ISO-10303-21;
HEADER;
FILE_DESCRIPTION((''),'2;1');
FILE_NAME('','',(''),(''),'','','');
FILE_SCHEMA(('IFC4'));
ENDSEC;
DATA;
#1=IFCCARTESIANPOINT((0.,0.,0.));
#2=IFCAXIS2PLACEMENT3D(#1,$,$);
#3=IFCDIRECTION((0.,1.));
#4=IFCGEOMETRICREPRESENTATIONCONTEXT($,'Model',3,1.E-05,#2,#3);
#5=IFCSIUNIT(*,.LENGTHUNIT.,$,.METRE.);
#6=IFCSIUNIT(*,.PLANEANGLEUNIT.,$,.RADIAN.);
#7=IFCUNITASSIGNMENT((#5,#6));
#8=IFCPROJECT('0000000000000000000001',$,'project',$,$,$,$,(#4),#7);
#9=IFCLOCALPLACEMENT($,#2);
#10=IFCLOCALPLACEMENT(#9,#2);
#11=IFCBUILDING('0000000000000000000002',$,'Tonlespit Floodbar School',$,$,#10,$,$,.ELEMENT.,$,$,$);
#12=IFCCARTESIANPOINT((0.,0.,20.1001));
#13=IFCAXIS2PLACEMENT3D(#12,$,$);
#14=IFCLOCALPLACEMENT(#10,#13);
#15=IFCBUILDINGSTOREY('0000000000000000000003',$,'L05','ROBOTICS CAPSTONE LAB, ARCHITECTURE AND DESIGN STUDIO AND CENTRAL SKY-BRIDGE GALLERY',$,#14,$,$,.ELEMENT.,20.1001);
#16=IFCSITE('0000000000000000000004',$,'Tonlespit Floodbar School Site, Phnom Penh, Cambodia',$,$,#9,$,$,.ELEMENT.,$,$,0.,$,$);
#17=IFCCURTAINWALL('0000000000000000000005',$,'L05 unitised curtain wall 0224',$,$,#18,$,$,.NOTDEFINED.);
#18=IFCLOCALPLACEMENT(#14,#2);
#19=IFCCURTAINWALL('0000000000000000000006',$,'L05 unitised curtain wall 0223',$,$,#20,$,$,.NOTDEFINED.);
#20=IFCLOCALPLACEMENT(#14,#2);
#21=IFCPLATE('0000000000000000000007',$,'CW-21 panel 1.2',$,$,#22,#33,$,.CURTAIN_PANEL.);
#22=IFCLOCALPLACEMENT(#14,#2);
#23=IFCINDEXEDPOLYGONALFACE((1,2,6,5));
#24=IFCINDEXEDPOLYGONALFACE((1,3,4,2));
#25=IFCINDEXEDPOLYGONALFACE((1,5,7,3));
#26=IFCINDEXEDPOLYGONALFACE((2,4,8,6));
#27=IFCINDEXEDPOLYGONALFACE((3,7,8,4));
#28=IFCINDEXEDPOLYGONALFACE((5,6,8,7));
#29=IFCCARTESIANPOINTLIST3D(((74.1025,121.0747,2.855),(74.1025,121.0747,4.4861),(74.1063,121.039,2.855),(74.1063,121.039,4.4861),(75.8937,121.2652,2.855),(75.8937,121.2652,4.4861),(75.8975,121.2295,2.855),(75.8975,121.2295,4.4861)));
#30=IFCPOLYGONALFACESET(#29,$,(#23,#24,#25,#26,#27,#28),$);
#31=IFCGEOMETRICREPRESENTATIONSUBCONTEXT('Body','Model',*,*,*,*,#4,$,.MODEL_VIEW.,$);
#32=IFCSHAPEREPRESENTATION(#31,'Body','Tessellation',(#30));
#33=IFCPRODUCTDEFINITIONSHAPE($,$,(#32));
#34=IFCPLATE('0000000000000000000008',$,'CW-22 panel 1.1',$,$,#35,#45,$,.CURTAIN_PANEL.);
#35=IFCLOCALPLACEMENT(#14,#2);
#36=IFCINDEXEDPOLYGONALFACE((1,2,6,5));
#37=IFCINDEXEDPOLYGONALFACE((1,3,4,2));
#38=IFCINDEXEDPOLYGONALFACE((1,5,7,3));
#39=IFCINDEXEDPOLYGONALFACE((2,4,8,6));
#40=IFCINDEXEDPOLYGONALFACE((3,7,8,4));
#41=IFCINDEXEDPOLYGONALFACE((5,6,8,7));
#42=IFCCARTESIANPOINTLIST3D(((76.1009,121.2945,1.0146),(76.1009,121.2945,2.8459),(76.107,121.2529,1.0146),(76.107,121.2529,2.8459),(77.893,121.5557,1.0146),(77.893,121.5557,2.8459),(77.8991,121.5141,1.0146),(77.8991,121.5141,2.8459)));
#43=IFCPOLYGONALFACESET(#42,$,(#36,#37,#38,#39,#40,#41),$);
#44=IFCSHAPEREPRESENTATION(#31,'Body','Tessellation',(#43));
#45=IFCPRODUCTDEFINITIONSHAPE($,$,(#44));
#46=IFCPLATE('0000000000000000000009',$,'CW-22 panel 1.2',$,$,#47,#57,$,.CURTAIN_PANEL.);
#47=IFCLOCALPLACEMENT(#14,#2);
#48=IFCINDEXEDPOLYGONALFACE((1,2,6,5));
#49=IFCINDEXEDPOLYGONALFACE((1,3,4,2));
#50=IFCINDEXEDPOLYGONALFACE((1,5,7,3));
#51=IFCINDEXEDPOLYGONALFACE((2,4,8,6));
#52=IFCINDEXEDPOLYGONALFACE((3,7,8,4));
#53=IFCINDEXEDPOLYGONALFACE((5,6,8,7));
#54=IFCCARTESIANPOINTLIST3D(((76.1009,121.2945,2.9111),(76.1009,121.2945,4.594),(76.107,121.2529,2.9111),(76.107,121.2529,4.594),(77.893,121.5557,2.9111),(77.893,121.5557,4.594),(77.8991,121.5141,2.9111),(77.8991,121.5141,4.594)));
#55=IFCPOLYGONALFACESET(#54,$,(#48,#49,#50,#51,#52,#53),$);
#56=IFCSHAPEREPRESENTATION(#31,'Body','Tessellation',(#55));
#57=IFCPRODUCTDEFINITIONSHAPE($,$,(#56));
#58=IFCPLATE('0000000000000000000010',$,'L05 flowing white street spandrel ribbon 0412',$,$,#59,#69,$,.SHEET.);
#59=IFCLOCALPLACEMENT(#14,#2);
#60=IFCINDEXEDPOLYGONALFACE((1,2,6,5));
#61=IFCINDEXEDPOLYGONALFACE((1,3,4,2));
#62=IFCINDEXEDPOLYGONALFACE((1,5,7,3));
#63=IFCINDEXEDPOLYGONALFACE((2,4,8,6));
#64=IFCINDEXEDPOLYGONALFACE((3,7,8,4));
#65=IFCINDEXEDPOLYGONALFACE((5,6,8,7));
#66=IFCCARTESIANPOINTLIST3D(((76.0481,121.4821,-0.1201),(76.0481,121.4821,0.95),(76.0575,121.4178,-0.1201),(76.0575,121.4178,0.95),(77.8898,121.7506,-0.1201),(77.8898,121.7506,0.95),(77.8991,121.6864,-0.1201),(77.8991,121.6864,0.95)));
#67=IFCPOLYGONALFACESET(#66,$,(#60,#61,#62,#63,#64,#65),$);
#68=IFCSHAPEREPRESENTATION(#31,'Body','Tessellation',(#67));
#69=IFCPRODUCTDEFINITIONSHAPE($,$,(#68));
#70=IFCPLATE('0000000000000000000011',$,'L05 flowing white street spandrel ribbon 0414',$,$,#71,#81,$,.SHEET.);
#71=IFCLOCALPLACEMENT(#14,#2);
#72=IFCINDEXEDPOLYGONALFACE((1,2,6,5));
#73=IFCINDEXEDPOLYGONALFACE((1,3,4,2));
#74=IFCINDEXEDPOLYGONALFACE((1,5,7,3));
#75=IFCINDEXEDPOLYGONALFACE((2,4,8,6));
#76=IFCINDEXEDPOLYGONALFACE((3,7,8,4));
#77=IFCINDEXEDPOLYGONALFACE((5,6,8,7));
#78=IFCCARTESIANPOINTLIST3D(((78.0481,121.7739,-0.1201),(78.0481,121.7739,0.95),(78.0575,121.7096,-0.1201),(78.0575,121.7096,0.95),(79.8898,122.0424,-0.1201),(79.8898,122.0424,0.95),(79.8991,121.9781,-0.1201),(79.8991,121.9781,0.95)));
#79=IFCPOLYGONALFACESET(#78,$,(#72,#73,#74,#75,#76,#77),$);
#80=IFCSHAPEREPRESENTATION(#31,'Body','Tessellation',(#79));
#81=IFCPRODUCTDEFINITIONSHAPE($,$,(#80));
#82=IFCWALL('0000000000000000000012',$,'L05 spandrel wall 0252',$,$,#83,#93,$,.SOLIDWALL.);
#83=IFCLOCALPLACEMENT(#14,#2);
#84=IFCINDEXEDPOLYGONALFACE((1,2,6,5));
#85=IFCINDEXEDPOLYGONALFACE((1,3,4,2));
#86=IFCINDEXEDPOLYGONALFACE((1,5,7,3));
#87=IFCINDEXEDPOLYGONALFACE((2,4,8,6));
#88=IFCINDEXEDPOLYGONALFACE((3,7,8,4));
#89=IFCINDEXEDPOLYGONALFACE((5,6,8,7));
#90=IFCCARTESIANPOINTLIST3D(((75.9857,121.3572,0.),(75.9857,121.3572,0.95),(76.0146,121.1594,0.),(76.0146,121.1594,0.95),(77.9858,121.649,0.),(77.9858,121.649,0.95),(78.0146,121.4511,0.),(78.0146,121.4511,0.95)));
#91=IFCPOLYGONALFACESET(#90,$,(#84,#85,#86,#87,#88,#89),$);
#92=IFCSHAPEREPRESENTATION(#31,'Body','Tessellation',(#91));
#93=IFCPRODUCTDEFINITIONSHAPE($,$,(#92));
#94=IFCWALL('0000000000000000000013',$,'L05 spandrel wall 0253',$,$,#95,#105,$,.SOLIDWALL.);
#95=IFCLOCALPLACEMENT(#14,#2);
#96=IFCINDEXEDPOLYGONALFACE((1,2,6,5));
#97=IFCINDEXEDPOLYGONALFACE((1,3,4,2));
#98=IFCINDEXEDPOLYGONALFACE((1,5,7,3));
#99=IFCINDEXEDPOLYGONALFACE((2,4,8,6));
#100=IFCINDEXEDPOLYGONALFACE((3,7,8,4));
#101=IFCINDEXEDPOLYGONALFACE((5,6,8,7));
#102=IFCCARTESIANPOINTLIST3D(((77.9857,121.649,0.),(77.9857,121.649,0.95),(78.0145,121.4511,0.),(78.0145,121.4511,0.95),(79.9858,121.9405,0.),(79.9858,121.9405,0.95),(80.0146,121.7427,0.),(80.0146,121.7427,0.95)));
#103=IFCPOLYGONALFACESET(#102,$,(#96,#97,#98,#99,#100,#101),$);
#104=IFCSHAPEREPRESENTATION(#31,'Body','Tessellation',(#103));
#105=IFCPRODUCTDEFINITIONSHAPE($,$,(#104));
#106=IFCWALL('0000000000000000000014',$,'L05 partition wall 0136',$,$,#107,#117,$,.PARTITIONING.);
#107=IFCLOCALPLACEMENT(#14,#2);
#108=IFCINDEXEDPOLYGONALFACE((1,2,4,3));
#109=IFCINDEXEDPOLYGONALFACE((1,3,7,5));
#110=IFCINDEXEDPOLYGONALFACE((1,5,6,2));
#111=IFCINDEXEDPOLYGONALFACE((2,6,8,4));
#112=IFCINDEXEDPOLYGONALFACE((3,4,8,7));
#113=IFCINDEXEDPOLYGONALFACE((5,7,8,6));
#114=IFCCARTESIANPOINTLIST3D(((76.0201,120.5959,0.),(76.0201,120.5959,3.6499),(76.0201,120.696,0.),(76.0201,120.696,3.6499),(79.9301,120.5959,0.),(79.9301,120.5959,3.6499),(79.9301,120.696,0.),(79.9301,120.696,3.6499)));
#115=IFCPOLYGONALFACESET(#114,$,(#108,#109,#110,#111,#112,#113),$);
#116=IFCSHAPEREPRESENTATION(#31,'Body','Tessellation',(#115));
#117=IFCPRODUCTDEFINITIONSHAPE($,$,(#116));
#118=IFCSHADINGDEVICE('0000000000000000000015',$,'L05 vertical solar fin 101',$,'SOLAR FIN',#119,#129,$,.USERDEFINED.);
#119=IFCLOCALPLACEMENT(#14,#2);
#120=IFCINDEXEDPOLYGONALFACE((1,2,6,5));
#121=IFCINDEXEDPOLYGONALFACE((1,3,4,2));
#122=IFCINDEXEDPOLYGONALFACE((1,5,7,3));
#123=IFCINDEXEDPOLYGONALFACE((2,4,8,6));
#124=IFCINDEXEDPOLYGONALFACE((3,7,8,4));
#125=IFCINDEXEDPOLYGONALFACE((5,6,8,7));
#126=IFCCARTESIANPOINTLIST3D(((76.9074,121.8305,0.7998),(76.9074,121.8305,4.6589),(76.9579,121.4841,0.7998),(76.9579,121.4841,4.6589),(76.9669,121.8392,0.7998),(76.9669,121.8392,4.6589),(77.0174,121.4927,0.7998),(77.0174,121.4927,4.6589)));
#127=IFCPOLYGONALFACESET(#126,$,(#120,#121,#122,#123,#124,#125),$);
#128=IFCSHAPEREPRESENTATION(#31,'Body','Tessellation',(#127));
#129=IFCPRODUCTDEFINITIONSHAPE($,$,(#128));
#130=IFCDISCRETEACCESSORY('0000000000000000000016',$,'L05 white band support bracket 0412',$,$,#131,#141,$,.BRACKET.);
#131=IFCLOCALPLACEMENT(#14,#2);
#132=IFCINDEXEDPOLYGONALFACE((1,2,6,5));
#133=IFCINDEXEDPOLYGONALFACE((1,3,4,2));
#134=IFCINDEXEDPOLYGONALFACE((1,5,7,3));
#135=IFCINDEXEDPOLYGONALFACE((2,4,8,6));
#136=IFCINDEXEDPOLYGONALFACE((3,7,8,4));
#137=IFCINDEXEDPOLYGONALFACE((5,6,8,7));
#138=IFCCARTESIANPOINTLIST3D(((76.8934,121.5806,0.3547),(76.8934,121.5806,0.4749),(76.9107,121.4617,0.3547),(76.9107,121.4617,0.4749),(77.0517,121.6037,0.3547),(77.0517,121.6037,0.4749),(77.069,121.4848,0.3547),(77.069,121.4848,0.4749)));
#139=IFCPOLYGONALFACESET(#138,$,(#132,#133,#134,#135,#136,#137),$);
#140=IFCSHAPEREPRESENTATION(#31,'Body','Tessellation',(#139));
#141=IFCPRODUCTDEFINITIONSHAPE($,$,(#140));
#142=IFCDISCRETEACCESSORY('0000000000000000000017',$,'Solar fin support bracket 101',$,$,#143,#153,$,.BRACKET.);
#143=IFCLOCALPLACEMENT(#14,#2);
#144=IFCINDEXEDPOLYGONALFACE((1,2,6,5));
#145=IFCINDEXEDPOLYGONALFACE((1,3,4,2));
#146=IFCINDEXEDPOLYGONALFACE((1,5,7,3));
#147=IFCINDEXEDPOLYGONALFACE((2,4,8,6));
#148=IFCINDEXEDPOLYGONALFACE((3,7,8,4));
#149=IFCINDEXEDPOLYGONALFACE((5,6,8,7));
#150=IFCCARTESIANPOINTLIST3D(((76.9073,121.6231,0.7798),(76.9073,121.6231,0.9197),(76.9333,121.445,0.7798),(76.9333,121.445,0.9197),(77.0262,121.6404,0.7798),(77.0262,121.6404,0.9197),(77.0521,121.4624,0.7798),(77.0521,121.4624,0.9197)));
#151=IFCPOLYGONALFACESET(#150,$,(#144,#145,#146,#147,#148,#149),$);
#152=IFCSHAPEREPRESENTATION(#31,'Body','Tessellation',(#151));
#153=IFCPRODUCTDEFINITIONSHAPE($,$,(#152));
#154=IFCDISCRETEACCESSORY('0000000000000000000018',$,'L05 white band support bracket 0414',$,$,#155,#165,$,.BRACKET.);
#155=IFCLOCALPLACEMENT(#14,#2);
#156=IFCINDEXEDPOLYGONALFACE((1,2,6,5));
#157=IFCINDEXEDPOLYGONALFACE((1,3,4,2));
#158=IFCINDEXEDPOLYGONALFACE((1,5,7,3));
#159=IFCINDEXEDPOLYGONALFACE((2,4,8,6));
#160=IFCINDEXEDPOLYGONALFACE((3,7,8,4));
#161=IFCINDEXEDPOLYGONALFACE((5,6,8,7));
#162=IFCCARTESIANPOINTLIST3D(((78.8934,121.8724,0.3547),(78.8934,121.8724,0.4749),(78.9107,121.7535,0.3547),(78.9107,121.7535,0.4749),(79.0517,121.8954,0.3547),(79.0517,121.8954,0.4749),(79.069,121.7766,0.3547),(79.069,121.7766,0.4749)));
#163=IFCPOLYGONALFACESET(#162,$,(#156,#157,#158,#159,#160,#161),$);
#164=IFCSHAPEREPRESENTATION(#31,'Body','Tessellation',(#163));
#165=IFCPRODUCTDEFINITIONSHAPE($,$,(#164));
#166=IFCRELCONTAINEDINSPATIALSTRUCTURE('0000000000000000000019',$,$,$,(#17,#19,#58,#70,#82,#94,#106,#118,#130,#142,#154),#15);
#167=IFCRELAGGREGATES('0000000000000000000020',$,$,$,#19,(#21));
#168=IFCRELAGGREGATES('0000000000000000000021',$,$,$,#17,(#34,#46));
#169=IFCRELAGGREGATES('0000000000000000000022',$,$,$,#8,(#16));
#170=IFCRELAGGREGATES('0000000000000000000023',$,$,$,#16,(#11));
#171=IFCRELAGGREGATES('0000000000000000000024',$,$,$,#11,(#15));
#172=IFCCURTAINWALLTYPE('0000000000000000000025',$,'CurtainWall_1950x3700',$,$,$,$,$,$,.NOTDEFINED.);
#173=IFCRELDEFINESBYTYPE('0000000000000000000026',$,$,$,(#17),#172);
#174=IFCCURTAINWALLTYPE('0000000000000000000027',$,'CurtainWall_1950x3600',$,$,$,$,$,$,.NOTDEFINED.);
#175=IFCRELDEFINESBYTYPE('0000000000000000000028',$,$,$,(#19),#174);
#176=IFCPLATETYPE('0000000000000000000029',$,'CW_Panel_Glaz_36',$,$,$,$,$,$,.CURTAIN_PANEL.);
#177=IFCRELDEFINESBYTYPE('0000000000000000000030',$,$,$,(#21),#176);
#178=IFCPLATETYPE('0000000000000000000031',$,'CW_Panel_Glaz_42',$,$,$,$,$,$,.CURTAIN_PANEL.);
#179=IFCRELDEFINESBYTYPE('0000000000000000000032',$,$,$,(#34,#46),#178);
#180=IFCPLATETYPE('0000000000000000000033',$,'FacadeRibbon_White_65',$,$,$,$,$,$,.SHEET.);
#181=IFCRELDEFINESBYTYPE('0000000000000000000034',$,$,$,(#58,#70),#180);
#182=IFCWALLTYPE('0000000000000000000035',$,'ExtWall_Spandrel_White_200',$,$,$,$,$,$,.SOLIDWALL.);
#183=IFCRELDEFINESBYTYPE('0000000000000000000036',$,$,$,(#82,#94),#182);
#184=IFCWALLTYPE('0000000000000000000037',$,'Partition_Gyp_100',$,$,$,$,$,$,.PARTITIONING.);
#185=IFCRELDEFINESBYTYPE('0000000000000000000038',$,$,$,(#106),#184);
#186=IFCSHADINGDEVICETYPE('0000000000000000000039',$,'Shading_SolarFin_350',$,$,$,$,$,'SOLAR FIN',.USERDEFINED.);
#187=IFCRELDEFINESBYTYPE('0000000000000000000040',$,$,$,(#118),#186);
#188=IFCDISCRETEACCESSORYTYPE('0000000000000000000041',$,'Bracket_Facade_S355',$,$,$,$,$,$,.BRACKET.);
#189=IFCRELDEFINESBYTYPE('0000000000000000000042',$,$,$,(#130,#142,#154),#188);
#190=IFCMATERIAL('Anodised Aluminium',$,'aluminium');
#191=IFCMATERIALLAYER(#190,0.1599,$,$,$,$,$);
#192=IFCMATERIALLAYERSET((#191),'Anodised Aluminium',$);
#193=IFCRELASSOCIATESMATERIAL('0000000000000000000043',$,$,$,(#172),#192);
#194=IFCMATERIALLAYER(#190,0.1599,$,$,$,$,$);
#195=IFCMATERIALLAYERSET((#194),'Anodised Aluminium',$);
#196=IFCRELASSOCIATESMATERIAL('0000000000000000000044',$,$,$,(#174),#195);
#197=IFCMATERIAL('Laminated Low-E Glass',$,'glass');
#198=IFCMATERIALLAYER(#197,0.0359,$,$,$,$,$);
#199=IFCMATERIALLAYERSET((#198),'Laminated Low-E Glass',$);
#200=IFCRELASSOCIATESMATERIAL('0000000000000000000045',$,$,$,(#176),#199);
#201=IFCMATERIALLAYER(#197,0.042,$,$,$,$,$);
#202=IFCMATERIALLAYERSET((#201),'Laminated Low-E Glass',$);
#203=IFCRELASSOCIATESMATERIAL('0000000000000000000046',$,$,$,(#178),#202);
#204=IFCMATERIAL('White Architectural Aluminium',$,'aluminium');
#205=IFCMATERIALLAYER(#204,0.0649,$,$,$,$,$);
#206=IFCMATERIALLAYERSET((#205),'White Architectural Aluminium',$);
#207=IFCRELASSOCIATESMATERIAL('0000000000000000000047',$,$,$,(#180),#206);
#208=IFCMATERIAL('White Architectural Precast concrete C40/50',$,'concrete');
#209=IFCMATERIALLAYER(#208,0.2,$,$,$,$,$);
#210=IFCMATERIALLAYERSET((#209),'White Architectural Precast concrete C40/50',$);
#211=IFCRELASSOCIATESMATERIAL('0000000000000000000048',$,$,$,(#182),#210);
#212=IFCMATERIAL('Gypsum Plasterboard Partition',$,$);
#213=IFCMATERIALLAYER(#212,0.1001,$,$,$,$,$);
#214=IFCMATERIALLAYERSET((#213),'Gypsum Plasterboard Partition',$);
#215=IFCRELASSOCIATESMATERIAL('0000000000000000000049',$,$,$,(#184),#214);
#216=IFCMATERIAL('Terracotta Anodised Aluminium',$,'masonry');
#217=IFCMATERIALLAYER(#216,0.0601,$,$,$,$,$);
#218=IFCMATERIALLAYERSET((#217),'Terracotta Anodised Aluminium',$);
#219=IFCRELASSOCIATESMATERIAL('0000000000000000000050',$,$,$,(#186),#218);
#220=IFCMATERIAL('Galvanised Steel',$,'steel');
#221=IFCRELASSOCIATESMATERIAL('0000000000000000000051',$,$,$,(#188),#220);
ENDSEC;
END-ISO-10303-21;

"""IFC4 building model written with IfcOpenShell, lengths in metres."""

from ifc_helpers import new_model, si_unit, direction, frame, frame_2d, origin, origin_2d, place, context, subcontext, project, spatial, rectangle, extrude, material, layer, layer_set, type_object, element, aggregate, save


model = new_model("IFC4")

# Units and contexts
model_context = context("Model", 3, precision=1e-05, world=origin(), true_north=direction((0.0, 1.0)))
body_context = subcontext(model_context, "Body", "Model", "MODEL_VIEW")
ifc_project = project(units=[si_unit("LENGTHUNIT", "METRE"), si_unit("PLANEANGLEUNIT", "RADIAN")], contexts=[model_context])

# Site, building, storey
site_placement = place(None, origin())
site = spatial("IfcSite", under=ifc_project, at=site_placement, Name="Tonlespit Floodbar School Site, Phnom Penh, Cambodia", CompositionType="ELEMENT", RefElevation=0.0)
building_placement = place(site_placement, origin())
building = spatial("IfcBuilding", under=site, at=building_placement, Name="Tonlespit Floodbar School", CompositionType="ELEMENT")
storey_placement = place(building_placement, frame((0.0, 0.0, 20.1001)))
storey = spatial("IfcBuildingStorey", under=building, at=storey_placement, Name="L05", Description="ROBOTICS CAPSTONE LAB, ARCHITECTURE AND DESIGN STUDIO AND CENTRAL SKY-BRIDGE GALLERY", CompositionType="ELEMENT", Elevation=20.1001)

# Curtain wall
ifc_material_1 = material(Name="Anodised Aluminium", Category="aluminium")
ifc_layer_1 = layer(ifc_material_1, 0.1599)
ifc_layer_set_1 = layer_set([ifc_layer_1], Name="Anodised Aluminium")
curtain_wall_type_1 = type_object("IfcCurtainWallType", Name="CurtainWall_1950x3700", PredefinedType="NOTDEFINED", material=ifc_layer_set_1)
curtain_wall_1_placement = place(storey_placement, origin())
curtain_wall_1 = element("IfcCurtainWall", 1, at=curtain_wall_1_placement, inside=storey, type_object=curtain_wall_type_1, Name="L05 unitised curtain wall 0224", PredefinedType="NOTDEFINED")

# Curtain wall
ifc_layer_2 = layer(ifc_material_1, 0.1599)
ifc_layer_set_2 = layer_set([ifc_layer_2], Name="Anodised Aluminium")
curtain_wall_type_2 = type_object("IfcCurtainWallType", Name="CurtainWall_1950x3600", PredefinedType="NOTDEFINED", material=ifc_layer_set_2)
curtain_wall_2_placement = place(storey_placement, origin())
curtain_wall_2 = element("IfcCurtainWall", 2, at=curtain_wall_2_placement, inside=storey, type_object=curtain_wall_type_2, Name="L05 unitised curtain wall 0223", PredefinedType="NOTDEFINED")

# Plates
ifc_material_2 = material(Name="Laminated Low-E Glass", Category="glass")
ifc_layer_3 = layer(ifc_material_2, 0.0359)
ifc_layer_set_3 = layer_set([ifc_layer_3], Name="Laminated Low-E Glass")
plate_type_1 = type_object("IfcPlateType", Name="CW_Panel_Glaz_36", PredefinedType="CURTAIN_PANEL", material=ifc_layer_set_3)
plate_1_placement = place(storey_placement, frame((75.0, 121.1521, 2.855), z_axis=(0.0, 0.0, 1.0), x_axis=(0.994389, 0.105787, 0.0)))
plate_1 = element("IfcPlate", 3, at=plate_1_placement, type_object=plate_type_1, Name="CW-21 panel 1.2", PredefinedType="CURTAIN_PANEL", context=body_context, shape_type="SweptSolid", body=[
    extrude(rectangle(XDim=1.8013, YDim=0.0359, at=origin_2d()), origin(), (0.0, 0.0, 1.0), 1.6311),
])
aggregate(curtain_wall_2, [plate_1])
ifc_layer_4 = layer(ifc_material_2, 0.042)
ifc_layer_set_4 = layer_set([ifc_layer_4], Name="Laminated Low-E Glass")
plate_type_2 = type_object("IfcPlateType", Name="CW_Panel_Glaz_42", PredefinedType="CURTAIN_PANEL", material=ifc_layer_set_4)
plate_2_placement = place(storey_placement, frame((77.0, 121.4043, 1.0146), z_axis=(0.0, 0.0, 1.0), x_axis=(0.989542, 0.144248, 0.0)))
plate_2 = element("IfcPlate", 4, at=plate_2_placement, type_object=plate_type_2, Name="CW-22 panel 1.1", PredefinedType="CURTAIN_PANEL", context=body_context, shape_type="SweptSolid", body=[
    extrude(rectangle(XDim=1.811, YDim=0.042, at=origin_2d()), origin(), (0.0, 0.0, 1.0), 1.8313),
])
plate_3_placement = place(storey_placement, frame((77.0, 121.4043, 2.9111), z_axis=(0.0, 0.0, 1.0), x_axis=(0.989542, 0.144248, 0.0)))
plate_3 = element("IfcPlate", 5, at=plate_3_placement, type_object=plate_type_2, Name="CW-22 panel 1.2", PredefinedType="CURTAIN_PANEL", context=body_context, shape_type="SweptSolid", body=[
    extrude(rectangle(XDim=1.811, YDim=0.042, at=origin_2d()), origin(), (0.0, 0.0, 1.0), 1.6829),
])
aggregate(curtain_wall_1, [plate_2, plate_3])

# Plates
ifc_material_3 = material(Name="White Architectural Aluminium", Category="aluminium")
ifc_layer_5 = layer(ifc_material_3, 0.0649)
ifc_layer_set_5 = layer_set([ifc_layer_5], Name="White Architectural Aluminium")
plate_type_3 = type_object("IfcPlateType", Name="FacadeRibbon_White_65", PredefinedType="SHEET", material=ifc_layer_set_5)
for number, where, z_axis, x_axis, name in (
    (6, (76.9736, 121.5842, -0.1201), (0.0, 0.0, 1.0), (0.989538, 0.144275, 0.0), "L05 flowing white street spandrel ribbon 0412"),
    (7, (78.9736, 121.876, -0.1201), (0.0, 0.0, 1.0), (0.989538, 0.144275, 0.0), "L05 flowing white street spandrel ribbon 0414"),
):
    element("IfcPlate", number, at=place(storey_placement, frame(where, z_axis=z_axis, x_axis=x_axis)), inside=storey, type_object=plate_type_3, Name=name, PredefinedType="SHEET", context=body_context, shape_type="SweptSolid", body=[
        extrude(rectangle(XDim=1.8611, YDim=0.0649, at=origin_2d()), origin(), (0.0, 0.0, 1.0), 1.0701),
    ])

# Walls
ifc_material_4 = material(Name="White Architectural Precast concrete C40/50", Category="concrete")
ifc_layer_6 = layer(ifc_material_4, 0.2)
ifc_layer_set_6 = layer_set([ifc_layer_6], Name="White Architectural Precast concrete C40/50")
wall_type_1 = type_object("IfcWallType", Name="ExtWall_Spandrel_White_200", PredefinedType="SOLIDWALL", material=ifc_layer_set_6)
for number, where, z_axis, x_axis, name in (
    (8, (76.0, 121.2583, 0.0), (0.0, 0.0, 1.0), (0.989527, 0.144346, 0.0), "L05 spandrel wall 0252"),
    (9, (78.0, 121.55, 0.0), (0.0, 0.0, 1.0), (0.989544, 0.144228, 0.0), "L05 spandrel wall 0253"),
):
    element("IfcWall", number, at=place(storey_placement, frame(where, z_axis=z_axis, x_axis=x_axis)), inside=storey, type_object=wall_type_1, Name=name, PredefinedType="SOLIDWALL", context=body_context, shape_type="SweptSolid", body=[
        extrude(rectangle(XDim=2.0212, YDim=0.2, at=frame_2d((1.0107, 0.0))), origin(), (0.0, 0.0, 1.0), 0.95),
    ])
ifc_material_5 = material(Name="Gypsum Plasterboard Partition")
ifc_layer_7 = layer(ifc_material_5, 0.1001)
ifc_layer_set_7 = layer_set([ifc_layer_7], Name="Gypsum Plasterboard Partition")
wall_type_2 = type_object("IfcWallType", Name="Partition_Gyp_100", PredefinedType="PARTITIONING", material=ifc_layer_set_7)
wall_placement = place(storey_placement, frame((76.02, 120.646, 0.0), z_axis=(0.0, 0.0, 1.0), x_axis=(1.0, 0.0, 0.0)))
element("IfcWall", 10, at=wall_placement, inside=storey, type_object=wall_type_2, Name="L05 partition wall 0136", PredefinedType="PARTITIONING", context=body_context, shape_type="SweptSolid", body=[
    extrude(rectangle(XDim=3.9099, YDim=0.1001, at=frame_2d((1.9551, 0.0))), origin(), (0.0, 0.0, 1.0), 3.6499),
])

# Shading device
ifc_material_6 = material(Name="Terracotta Anodised Aluminium", Category="masonry")
ifc_layer_8 = layer(ifc_material_6, 0.0601)
ifc_layer_set_8 = layer_set([ifc_layer_8], Name="Terracotta Anodised Aluminium")
shading_device_type = type_object("IfcShadingDeviceType", Name="Shading_SolarFin_350", ElementType="SOLAR FIN", PredefinedType="USERDEFINED", material=ifc_layer_set_8)
shading_device_placement = place(storey_placement, frame((76.9624, 121.6616, 0.7998), z_axis=(0.0, 0.0, 1.0), x_axis=(0.989538, 0.144275, 0.0)))
element("IfcShadingDevice", 11, at=shading_device_placement, inside=storey, type_object=shading_device_type, Name="L05 vertical solar fin 101", ObjectType="SOLAR FIN", PredefinedType="USERDEFINED", context=body_context, shape_type="SweptSolid", body=[
    extrude(rectangle(XDim=0.0601, YDim=0.3501, at=origin_2d()), origin(), (0.0, 0.0, 1.0), 3.8591),
])

# Discrete accessories
ifc_material_7 = material(Name="Galvanised Steel", Category="steel")
discrete_accessory_type = type_object("IfcDiscreteAccessoryType", Name="Bracket_Facade_S355", PredefinedType="BRACKET", material=ifc_material_7)
discrete_accessory_1_placement = place(storey_placement, frame((76.9812, 121.5327, 0.3547), z_axis=(0.0, 0.0, 1.0), x_axis=(0.989538, 0.144275, 0.0)))
element("IfcDiscreteAccessory", 12, at=discrete_accessory_1_placement, inside=storey, type_object=discrete_accessory_type, Name="L05 white band support bracket 0412", PredefinedType="BRACKET", context=body_context, shape_type="SweptSolid", body=[
    extrude(rectangle(XDim=0.1599, YDim=0.1201, at=origin_2d()), origin(), (0.0, 0.0, 1.0), 0.1201),
])
discrete_accessory_2_placement = place(storey_placement, frame((76.9797, 121.5427, 0.7798), z_axis=(0.0, 0.0, 1.0), x_axis=(0.989538, 0.144275, 0.0)))
element("IfcDiscreteAccessory", 13, at=discrete_accessory_2_placement, inside=storey, type_object=discrete_accessory_type, Name="Solar fin support bracket 101", PredefinedType="BRACKET", context=body_context, shape_type="SweptSolid", body=[
    extrude(rectangle(XDim=0.1201, YDim=0.1799, at=origin_2d()), origin(), (0.0, 0.0, 1.0), 0.1399),
])
discrete_accessory_3_placement = place(storey_placement, frame((78.9812, 121.8245, 0.3547), z_axis=(0.0, 0.0, 1.0), x_axis=(0.989538, 0.144275, 0.0)))
element("IfcDiscreteAccessory", 14, at=discrete_accessory_3_placement, inside=storey, type_object=discrete_accessory_type, Name="L05 white band support bracket 0414", PredefinedType="BRACKET", context=body_context, shape_type="SweptSolid", body=[
    extrude(rectangle(XDim=0.1599, YDim=0.1201, at=origin_2d()), origin(), (0.0, 0.0, 1.0), 0.1201),
])

save(model, "model.ifc")
